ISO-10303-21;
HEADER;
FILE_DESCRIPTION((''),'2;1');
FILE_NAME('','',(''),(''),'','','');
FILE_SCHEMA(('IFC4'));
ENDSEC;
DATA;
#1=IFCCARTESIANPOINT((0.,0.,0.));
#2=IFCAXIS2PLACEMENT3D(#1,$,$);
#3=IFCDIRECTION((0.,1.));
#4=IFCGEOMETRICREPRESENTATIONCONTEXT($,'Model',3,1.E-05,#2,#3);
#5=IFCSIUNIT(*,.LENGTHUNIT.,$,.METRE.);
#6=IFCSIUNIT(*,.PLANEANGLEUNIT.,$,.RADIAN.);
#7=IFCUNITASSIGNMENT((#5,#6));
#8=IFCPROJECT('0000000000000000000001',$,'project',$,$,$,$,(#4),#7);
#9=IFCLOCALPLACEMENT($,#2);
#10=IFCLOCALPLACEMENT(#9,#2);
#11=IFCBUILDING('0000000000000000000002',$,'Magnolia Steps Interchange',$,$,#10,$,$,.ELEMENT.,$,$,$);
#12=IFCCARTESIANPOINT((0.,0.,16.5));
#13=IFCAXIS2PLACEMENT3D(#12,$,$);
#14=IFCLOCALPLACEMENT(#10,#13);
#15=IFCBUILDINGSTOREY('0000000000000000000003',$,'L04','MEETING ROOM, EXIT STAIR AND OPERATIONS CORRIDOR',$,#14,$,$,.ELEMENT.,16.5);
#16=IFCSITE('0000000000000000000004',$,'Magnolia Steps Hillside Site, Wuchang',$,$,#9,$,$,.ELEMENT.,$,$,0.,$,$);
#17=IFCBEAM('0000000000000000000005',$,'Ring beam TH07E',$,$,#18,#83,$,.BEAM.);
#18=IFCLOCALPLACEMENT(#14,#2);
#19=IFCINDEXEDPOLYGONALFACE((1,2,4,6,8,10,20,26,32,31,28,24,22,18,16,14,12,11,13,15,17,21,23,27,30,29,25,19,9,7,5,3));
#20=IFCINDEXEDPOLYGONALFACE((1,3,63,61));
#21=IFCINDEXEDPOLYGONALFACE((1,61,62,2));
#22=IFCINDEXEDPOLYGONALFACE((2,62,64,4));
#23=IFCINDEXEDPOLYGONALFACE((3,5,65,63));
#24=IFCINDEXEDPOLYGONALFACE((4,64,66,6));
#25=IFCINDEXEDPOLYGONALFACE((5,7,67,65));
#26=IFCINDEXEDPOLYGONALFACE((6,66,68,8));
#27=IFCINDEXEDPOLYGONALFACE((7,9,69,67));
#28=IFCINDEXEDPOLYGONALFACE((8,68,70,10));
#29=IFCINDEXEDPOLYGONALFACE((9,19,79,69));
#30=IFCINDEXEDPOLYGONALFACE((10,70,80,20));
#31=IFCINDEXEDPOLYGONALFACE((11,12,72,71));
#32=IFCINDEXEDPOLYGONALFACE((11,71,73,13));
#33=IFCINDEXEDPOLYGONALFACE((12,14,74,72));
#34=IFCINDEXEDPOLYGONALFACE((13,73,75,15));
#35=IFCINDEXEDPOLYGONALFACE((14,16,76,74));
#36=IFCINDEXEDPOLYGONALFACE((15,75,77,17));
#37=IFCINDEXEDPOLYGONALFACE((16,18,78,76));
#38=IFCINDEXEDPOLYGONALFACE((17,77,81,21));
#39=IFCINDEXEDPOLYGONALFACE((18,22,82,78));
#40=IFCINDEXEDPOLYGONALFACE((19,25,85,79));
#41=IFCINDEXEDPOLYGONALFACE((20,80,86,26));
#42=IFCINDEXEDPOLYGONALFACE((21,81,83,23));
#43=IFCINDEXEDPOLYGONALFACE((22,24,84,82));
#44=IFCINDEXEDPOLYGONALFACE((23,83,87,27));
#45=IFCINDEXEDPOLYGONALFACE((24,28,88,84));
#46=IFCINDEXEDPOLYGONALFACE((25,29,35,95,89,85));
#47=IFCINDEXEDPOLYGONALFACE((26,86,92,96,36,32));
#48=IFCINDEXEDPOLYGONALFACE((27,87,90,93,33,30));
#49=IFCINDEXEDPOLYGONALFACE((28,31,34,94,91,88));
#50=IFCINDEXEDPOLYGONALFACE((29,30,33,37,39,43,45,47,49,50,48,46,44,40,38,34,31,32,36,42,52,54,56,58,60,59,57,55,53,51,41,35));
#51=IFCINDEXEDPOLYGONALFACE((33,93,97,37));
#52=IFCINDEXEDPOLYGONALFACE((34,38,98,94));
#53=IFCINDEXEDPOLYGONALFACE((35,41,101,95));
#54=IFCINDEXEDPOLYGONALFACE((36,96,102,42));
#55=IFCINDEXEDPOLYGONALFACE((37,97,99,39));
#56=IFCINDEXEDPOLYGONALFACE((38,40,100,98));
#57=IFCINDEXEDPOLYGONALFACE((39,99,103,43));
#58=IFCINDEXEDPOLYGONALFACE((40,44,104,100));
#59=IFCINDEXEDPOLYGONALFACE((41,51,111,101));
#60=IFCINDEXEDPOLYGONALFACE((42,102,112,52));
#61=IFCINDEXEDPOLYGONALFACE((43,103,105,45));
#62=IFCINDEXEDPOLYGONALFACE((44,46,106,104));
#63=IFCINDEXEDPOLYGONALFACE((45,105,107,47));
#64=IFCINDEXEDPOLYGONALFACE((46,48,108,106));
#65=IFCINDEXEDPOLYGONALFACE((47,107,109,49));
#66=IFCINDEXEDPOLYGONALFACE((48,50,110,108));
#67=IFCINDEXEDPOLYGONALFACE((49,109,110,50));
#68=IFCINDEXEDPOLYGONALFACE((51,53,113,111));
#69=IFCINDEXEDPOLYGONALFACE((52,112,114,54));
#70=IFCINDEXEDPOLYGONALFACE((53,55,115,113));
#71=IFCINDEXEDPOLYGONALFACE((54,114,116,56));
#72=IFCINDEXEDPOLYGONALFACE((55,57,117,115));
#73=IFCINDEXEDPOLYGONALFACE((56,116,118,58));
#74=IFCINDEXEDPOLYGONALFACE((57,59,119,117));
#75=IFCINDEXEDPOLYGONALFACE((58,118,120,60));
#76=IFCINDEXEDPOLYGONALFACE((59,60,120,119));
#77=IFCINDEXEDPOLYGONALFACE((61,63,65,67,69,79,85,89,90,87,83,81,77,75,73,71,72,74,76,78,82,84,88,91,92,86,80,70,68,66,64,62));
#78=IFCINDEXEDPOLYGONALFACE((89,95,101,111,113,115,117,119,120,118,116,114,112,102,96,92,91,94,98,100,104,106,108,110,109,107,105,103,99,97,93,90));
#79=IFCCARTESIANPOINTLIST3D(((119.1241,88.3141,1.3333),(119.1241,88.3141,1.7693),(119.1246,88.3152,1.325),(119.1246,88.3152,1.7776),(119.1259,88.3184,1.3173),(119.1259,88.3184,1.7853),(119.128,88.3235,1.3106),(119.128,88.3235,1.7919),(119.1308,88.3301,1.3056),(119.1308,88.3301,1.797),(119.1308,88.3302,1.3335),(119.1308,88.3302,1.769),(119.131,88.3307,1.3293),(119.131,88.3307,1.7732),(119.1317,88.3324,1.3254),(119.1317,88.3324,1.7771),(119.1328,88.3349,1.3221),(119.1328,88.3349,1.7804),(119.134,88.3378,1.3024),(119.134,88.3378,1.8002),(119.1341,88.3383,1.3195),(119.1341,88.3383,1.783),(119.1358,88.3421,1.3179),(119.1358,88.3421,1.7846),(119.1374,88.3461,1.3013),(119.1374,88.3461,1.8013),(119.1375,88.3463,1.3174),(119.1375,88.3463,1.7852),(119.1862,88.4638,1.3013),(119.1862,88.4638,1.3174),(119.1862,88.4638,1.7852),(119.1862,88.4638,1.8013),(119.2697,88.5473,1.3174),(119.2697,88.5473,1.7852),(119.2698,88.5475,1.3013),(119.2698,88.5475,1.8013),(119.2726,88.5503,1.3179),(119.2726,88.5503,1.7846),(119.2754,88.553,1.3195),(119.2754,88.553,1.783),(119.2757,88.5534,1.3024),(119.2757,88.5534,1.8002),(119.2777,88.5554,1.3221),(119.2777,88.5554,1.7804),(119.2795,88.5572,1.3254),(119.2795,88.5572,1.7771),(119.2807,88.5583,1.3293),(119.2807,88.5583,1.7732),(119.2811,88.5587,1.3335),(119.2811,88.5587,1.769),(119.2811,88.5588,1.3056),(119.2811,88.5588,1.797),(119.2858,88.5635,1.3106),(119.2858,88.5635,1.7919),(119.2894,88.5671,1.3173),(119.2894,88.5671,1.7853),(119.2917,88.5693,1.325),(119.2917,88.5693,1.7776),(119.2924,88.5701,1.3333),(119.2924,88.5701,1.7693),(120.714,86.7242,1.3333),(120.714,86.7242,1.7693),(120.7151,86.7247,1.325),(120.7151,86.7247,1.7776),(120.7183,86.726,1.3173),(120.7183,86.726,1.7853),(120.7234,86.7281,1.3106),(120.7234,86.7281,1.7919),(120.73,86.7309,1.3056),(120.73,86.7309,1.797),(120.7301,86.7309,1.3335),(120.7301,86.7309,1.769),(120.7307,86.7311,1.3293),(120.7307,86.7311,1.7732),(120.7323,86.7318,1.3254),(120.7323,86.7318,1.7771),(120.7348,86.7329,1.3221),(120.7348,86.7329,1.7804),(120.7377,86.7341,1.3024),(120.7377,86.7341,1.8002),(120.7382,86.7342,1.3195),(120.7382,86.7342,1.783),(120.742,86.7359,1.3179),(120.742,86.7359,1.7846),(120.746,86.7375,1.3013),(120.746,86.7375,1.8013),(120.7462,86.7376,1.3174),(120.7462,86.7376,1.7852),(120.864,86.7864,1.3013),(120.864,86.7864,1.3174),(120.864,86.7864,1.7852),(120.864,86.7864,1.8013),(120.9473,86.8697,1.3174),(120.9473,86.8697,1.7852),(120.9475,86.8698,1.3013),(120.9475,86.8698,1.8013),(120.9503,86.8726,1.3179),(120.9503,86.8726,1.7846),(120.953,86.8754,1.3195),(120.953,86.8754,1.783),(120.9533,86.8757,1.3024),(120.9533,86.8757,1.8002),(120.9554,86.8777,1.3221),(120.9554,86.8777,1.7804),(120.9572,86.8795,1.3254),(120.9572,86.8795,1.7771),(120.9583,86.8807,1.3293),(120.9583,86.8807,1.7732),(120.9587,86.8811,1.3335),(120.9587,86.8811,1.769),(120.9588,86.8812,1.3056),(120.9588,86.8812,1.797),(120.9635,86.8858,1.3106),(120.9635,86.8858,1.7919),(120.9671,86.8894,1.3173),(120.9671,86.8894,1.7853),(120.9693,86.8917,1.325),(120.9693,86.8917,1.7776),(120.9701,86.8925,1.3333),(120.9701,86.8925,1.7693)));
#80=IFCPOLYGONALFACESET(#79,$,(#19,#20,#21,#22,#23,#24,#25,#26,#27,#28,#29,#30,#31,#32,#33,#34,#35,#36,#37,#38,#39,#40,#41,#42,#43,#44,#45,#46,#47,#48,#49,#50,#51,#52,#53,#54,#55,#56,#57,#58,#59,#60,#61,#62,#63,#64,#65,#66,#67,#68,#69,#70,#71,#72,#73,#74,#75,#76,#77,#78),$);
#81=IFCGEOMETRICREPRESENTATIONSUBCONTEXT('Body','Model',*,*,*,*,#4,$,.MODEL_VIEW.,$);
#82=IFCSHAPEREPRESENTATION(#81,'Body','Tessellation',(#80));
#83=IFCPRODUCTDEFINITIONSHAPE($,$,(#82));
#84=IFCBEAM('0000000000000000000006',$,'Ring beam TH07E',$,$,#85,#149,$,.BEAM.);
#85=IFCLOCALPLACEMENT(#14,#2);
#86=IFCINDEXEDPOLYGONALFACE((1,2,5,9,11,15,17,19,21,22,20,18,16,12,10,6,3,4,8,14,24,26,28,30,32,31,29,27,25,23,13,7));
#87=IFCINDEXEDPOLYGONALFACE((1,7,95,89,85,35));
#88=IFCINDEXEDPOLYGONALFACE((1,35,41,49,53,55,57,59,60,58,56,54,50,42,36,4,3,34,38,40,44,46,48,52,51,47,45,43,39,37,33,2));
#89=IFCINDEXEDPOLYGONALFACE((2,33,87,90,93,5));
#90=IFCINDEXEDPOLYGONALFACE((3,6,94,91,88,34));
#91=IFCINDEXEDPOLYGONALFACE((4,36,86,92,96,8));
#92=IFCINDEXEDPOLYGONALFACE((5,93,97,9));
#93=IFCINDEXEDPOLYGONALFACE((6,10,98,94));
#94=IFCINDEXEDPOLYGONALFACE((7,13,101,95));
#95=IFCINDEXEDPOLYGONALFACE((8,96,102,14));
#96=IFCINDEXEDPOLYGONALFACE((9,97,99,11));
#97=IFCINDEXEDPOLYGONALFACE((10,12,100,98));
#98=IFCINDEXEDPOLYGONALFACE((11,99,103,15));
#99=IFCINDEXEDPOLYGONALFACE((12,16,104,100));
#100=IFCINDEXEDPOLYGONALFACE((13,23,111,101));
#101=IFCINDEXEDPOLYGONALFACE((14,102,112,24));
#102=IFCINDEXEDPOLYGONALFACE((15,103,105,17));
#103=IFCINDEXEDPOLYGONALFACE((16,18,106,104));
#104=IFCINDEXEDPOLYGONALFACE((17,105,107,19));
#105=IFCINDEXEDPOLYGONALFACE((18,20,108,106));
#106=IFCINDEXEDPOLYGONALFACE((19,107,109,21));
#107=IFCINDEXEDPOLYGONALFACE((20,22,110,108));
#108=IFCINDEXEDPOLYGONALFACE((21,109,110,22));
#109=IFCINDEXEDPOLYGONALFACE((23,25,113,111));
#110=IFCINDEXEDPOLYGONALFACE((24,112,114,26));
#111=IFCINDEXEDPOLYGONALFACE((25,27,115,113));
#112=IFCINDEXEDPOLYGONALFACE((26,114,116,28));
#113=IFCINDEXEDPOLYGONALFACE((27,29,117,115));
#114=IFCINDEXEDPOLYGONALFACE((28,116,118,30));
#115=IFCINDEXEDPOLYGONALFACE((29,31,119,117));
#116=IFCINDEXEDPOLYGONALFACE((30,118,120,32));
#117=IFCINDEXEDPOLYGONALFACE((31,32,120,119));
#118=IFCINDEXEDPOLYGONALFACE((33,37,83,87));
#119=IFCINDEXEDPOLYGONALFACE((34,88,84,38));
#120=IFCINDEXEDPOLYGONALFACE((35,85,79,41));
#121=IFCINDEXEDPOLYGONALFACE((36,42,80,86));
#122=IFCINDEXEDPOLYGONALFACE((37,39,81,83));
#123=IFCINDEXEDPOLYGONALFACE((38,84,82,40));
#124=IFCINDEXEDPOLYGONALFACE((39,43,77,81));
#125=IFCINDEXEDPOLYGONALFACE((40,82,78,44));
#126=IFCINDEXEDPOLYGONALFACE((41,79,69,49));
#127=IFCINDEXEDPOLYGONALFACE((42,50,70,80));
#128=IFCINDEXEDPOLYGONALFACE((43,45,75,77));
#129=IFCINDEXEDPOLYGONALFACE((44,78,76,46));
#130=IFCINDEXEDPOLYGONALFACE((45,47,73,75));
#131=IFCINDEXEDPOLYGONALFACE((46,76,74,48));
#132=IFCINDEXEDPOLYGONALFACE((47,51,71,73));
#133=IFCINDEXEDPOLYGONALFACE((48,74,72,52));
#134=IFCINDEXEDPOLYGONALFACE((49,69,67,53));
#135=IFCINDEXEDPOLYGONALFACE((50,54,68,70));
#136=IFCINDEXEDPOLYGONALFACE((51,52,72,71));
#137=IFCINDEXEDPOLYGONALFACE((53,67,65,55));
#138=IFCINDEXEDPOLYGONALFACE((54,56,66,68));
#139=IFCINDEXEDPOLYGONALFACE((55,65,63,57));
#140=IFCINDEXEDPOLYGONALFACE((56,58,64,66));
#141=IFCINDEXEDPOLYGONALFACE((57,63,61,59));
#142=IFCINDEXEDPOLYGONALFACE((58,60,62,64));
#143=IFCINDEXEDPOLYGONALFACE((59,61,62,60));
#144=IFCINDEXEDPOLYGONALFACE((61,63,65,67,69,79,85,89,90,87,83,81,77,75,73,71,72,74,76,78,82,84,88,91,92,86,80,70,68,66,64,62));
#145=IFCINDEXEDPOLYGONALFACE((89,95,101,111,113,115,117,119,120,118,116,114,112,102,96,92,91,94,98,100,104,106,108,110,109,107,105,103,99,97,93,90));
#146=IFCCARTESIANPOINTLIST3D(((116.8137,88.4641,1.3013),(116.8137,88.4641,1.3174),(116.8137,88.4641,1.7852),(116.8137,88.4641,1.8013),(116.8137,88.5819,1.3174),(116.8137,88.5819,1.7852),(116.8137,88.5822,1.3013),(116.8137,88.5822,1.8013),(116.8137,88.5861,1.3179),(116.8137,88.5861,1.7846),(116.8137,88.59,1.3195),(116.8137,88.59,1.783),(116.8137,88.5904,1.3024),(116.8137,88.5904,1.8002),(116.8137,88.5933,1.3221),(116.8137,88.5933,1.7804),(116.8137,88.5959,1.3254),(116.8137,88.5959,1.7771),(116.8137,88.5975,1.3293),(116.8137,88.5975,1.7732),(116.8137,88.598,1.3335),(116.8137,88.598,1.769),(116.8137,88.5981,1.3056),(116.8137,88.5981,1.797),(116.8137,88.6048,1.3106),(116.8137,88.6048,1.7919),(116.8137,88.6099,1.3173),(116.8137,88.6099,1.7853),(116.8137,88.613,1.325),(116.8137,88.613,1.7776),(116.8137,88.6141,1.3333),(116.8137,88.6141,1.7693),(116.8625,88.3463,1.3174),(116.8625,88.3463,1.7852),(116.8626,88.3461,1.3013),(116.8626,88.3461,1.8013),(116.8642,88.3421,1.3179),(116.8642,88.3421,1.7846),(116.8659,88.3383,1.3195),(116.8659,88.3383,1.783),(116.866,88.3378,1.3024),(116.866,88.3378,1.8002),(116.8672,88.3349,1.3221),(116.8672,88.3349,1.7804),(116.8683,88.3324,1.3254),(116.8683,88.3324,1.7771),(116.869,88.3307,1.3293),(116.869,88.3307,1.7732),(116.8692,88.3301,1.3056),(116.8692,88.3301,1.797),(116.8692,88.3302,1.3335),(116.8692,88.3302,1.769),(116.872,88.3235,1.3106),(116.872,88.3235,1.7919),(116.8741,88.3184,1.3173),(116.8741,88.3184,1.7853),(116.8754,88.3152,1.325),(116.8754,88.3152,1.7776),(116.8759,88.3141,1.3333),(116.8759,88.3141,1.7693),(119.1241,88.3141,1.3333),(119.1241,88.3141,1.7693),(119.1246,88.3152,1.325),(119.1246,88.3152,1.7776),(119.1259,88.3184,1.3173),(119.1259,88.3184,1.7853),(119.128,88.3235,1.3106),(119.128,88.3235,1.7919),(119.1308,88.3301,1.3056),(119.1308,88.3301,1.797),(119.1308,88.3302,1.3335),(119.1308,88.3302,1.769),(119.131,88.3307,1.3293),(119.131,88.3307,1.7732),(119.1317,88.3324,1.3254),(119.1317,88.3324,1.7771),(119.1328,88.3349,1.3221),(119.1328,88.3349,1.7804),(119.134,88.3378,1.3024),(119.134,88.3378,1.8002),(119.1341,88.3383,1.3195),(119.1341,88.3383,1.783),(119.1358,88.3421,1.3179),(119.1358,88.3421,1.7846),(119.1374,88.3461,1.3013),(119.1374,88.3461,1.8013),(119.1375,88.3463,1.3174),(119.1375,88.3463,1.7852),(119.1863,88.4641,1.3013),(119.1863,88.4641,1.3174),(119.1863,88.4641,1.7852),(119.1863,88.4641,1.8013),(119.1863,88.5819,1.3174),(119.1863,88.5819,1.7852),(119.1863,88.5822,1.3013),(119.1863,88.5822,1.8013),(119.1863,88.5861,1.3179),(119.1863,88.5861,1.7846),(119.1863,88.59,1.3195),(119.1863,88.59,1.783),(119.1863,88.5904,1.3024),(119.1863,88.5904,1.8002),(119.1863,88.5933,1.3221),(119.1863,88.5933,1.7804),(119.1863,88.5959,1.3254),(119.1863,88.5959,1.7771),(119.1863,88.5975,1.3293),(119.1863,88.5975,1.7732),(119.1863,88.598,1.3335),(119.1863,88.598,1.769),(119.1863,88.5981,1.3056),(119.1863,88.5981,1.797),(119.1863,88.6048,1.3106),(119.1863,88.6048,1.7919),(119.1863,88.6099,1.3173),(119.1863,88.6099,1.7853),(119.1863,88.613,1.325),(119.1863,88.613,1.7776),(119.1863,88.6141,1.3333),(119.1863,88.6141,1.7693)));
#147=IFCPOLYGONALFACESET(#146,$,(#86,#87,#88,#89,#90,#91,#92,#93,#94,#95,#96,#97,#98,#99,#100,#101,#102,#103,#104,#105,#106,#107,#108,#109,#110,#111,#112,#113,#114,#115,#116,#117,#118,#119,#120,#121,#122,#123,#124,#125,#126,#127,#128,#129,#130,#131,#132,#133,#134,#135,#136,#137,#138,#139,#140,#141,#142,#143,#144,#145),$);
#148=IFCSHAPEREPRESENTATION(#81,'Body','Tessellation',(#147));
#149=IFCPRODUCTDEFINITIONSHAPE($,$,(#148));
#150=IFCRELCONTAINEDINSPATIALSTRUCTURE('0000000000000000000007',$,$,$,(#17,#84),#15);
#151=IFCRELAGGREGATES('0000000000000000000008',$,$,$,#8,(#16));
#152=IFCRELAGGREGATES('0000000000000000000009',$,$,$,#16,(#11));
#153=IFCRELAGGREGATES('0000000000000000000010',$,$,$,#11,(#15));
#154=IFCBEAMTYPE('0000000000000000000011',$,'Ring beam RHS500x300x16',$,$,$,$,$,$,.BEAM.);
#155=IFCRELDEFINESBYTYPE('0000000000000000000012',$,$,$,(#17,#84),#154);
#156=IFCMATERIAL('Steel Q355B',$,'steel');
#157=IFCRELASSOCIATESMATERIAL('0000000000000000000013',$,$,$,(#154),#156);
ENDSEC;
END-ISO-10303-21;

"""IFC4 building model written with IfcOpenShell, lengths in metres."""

from ifc_helpers import new_model, si_unit, direction, frame, origin, origin_2d, place, context, subcontext, project, spatial, hollow_rectangle, extrude, clip, halfspace, material, material_profile, profile_set, type_object, element, save


model = new_model("IFC4")

# Units and contexts
model_context = context("Model", 3, precision=1e-05, world=origin(), true_north=direction((0.0, 1.0)))
body_context = subcontext(model_context, "Body", "Model", "MODEL_VIEW")
ifc_project = project(units=[si_unit("LENGTHUNIT", "METRE"), si_unit("PLANEANGLEUNIT", "RADIAN")], contexts=[model_context])

# Site, building, storey
site_placement = place(None, origin())
site = spatial("IfcSite", under=ifc_project, at=site_placement, Name="Magnolia Steps Hillside Site, Wuchang", CompositionType="ELEMENT", RefElevation=0.0)
building_placement = place(site_placement, origin())
building = spatial("IfcBuilding", under=site, at=building_placement, Name="Magnolia Steps Interchange", CompositionType="ELEMENT")
storey_placement = place(building_placement, frame((0.0, 0.0, 16.5)))
storey = spatial("IfcBuildingStorey", under=building, at=storey_placement, Name="L04", Description="MEETING ROOM, EXIT STAIR AND OPERATIONS CORRIDOR", CompositionType="ELEMENT", Elevation=16.5)

# Beams
ifc_material_1 = material(Name="Steel Q355B", Category="steel")
ifc_material_profile_1 = material_profile(ifc_material_1, hollow_rectangle(XDim=0.3, YDim=0.5, WallThickness=0.0161, InnerFilletRadius=0.0161, OuterFilletRadius=0.032, at=origin_2d()), Name="RHS500x300x16")
ifc_profile_set_1 = profile_set([ifc_material_profile_1], Name="Steel Q355B")
beam_type_1 = type_object("IfcBeamType", Name="Ring beam RHS500x300x16", PredefinedType="BEAM", material=ifc_profile_set_1)
beam_1_placement = place(storey_placement, frame((120.864, 86.7864, 1.5513), z_axis=(-0.707107, 0.707107, 0.0), x_axis=(-0.707107, -0.707107, 0.0)))
element("IfcBeam", 1, at=beam_1_placement, inside=storey, type_object=beam_type_1, Name="Ring beam TH07E", PredefinedType="BEAM", context=body_context, shape_type="Clipping", body=[
    clip(clip(extrude(hollow_rectangle(XDim=0.3, YDim=0.5, WallThickness=0.0161, InnerFilletRadius=0.0161, OuterFilletRadius=0.032, at=origin_2d()), origin(), (0.0, 0.0, 1.0), 2.3726), halfspace(frame((0.0, 0.0, 0.0), z_axis=(0.382683, 0.0, -0.92388), x_axis=(0.92388, 0.0, 0.382683)), False)), halfspace(frame((0.0, 0.0, 2.3727), z_axis=(0.382683, 0.0, 0.92388), x_axis=(0.92388, 0.0, -0.382683)), False)),
])
beam_2_placement = place(storey_placement, frame((119.1863, 88.4641, 1.5513), z_axis=(-1.0, 0.0, 0.0), x_axis=(0.0, -1.0, 0.0)))
element("IfcBeam", 2, at=beam_2_placement, inside=storey, type_object=beam_type_1, Name="Ring beam TH07E", PredefinedType="BEAM", context=body_context, shape_type="Clipping", body=[
    clip(clip(extrude(hollow_rectangle(XDim=0.3, YDim=0.5, WallThickness=0.0161, InnerFilletRadius=0.0161, OuterFilletRadius=0.032, at=origin_2d()), origin(), (0.0, 0.0, 1.0), 2.3726), halfspace(frame((0.0, 0.0, 0.0), z_axis=(0.382683, 0.0, -0.92388), x_axis=(0.92388, 0.0, 0.382683)), False)), halfspace(frame((0.0, 0.0, 2.3726), z_axis=(0.382683, 0.0, 0.92388), x_axis=(0.92388, 0.0, -0.382683)), False)),
])

save(model, "model.ifc")
